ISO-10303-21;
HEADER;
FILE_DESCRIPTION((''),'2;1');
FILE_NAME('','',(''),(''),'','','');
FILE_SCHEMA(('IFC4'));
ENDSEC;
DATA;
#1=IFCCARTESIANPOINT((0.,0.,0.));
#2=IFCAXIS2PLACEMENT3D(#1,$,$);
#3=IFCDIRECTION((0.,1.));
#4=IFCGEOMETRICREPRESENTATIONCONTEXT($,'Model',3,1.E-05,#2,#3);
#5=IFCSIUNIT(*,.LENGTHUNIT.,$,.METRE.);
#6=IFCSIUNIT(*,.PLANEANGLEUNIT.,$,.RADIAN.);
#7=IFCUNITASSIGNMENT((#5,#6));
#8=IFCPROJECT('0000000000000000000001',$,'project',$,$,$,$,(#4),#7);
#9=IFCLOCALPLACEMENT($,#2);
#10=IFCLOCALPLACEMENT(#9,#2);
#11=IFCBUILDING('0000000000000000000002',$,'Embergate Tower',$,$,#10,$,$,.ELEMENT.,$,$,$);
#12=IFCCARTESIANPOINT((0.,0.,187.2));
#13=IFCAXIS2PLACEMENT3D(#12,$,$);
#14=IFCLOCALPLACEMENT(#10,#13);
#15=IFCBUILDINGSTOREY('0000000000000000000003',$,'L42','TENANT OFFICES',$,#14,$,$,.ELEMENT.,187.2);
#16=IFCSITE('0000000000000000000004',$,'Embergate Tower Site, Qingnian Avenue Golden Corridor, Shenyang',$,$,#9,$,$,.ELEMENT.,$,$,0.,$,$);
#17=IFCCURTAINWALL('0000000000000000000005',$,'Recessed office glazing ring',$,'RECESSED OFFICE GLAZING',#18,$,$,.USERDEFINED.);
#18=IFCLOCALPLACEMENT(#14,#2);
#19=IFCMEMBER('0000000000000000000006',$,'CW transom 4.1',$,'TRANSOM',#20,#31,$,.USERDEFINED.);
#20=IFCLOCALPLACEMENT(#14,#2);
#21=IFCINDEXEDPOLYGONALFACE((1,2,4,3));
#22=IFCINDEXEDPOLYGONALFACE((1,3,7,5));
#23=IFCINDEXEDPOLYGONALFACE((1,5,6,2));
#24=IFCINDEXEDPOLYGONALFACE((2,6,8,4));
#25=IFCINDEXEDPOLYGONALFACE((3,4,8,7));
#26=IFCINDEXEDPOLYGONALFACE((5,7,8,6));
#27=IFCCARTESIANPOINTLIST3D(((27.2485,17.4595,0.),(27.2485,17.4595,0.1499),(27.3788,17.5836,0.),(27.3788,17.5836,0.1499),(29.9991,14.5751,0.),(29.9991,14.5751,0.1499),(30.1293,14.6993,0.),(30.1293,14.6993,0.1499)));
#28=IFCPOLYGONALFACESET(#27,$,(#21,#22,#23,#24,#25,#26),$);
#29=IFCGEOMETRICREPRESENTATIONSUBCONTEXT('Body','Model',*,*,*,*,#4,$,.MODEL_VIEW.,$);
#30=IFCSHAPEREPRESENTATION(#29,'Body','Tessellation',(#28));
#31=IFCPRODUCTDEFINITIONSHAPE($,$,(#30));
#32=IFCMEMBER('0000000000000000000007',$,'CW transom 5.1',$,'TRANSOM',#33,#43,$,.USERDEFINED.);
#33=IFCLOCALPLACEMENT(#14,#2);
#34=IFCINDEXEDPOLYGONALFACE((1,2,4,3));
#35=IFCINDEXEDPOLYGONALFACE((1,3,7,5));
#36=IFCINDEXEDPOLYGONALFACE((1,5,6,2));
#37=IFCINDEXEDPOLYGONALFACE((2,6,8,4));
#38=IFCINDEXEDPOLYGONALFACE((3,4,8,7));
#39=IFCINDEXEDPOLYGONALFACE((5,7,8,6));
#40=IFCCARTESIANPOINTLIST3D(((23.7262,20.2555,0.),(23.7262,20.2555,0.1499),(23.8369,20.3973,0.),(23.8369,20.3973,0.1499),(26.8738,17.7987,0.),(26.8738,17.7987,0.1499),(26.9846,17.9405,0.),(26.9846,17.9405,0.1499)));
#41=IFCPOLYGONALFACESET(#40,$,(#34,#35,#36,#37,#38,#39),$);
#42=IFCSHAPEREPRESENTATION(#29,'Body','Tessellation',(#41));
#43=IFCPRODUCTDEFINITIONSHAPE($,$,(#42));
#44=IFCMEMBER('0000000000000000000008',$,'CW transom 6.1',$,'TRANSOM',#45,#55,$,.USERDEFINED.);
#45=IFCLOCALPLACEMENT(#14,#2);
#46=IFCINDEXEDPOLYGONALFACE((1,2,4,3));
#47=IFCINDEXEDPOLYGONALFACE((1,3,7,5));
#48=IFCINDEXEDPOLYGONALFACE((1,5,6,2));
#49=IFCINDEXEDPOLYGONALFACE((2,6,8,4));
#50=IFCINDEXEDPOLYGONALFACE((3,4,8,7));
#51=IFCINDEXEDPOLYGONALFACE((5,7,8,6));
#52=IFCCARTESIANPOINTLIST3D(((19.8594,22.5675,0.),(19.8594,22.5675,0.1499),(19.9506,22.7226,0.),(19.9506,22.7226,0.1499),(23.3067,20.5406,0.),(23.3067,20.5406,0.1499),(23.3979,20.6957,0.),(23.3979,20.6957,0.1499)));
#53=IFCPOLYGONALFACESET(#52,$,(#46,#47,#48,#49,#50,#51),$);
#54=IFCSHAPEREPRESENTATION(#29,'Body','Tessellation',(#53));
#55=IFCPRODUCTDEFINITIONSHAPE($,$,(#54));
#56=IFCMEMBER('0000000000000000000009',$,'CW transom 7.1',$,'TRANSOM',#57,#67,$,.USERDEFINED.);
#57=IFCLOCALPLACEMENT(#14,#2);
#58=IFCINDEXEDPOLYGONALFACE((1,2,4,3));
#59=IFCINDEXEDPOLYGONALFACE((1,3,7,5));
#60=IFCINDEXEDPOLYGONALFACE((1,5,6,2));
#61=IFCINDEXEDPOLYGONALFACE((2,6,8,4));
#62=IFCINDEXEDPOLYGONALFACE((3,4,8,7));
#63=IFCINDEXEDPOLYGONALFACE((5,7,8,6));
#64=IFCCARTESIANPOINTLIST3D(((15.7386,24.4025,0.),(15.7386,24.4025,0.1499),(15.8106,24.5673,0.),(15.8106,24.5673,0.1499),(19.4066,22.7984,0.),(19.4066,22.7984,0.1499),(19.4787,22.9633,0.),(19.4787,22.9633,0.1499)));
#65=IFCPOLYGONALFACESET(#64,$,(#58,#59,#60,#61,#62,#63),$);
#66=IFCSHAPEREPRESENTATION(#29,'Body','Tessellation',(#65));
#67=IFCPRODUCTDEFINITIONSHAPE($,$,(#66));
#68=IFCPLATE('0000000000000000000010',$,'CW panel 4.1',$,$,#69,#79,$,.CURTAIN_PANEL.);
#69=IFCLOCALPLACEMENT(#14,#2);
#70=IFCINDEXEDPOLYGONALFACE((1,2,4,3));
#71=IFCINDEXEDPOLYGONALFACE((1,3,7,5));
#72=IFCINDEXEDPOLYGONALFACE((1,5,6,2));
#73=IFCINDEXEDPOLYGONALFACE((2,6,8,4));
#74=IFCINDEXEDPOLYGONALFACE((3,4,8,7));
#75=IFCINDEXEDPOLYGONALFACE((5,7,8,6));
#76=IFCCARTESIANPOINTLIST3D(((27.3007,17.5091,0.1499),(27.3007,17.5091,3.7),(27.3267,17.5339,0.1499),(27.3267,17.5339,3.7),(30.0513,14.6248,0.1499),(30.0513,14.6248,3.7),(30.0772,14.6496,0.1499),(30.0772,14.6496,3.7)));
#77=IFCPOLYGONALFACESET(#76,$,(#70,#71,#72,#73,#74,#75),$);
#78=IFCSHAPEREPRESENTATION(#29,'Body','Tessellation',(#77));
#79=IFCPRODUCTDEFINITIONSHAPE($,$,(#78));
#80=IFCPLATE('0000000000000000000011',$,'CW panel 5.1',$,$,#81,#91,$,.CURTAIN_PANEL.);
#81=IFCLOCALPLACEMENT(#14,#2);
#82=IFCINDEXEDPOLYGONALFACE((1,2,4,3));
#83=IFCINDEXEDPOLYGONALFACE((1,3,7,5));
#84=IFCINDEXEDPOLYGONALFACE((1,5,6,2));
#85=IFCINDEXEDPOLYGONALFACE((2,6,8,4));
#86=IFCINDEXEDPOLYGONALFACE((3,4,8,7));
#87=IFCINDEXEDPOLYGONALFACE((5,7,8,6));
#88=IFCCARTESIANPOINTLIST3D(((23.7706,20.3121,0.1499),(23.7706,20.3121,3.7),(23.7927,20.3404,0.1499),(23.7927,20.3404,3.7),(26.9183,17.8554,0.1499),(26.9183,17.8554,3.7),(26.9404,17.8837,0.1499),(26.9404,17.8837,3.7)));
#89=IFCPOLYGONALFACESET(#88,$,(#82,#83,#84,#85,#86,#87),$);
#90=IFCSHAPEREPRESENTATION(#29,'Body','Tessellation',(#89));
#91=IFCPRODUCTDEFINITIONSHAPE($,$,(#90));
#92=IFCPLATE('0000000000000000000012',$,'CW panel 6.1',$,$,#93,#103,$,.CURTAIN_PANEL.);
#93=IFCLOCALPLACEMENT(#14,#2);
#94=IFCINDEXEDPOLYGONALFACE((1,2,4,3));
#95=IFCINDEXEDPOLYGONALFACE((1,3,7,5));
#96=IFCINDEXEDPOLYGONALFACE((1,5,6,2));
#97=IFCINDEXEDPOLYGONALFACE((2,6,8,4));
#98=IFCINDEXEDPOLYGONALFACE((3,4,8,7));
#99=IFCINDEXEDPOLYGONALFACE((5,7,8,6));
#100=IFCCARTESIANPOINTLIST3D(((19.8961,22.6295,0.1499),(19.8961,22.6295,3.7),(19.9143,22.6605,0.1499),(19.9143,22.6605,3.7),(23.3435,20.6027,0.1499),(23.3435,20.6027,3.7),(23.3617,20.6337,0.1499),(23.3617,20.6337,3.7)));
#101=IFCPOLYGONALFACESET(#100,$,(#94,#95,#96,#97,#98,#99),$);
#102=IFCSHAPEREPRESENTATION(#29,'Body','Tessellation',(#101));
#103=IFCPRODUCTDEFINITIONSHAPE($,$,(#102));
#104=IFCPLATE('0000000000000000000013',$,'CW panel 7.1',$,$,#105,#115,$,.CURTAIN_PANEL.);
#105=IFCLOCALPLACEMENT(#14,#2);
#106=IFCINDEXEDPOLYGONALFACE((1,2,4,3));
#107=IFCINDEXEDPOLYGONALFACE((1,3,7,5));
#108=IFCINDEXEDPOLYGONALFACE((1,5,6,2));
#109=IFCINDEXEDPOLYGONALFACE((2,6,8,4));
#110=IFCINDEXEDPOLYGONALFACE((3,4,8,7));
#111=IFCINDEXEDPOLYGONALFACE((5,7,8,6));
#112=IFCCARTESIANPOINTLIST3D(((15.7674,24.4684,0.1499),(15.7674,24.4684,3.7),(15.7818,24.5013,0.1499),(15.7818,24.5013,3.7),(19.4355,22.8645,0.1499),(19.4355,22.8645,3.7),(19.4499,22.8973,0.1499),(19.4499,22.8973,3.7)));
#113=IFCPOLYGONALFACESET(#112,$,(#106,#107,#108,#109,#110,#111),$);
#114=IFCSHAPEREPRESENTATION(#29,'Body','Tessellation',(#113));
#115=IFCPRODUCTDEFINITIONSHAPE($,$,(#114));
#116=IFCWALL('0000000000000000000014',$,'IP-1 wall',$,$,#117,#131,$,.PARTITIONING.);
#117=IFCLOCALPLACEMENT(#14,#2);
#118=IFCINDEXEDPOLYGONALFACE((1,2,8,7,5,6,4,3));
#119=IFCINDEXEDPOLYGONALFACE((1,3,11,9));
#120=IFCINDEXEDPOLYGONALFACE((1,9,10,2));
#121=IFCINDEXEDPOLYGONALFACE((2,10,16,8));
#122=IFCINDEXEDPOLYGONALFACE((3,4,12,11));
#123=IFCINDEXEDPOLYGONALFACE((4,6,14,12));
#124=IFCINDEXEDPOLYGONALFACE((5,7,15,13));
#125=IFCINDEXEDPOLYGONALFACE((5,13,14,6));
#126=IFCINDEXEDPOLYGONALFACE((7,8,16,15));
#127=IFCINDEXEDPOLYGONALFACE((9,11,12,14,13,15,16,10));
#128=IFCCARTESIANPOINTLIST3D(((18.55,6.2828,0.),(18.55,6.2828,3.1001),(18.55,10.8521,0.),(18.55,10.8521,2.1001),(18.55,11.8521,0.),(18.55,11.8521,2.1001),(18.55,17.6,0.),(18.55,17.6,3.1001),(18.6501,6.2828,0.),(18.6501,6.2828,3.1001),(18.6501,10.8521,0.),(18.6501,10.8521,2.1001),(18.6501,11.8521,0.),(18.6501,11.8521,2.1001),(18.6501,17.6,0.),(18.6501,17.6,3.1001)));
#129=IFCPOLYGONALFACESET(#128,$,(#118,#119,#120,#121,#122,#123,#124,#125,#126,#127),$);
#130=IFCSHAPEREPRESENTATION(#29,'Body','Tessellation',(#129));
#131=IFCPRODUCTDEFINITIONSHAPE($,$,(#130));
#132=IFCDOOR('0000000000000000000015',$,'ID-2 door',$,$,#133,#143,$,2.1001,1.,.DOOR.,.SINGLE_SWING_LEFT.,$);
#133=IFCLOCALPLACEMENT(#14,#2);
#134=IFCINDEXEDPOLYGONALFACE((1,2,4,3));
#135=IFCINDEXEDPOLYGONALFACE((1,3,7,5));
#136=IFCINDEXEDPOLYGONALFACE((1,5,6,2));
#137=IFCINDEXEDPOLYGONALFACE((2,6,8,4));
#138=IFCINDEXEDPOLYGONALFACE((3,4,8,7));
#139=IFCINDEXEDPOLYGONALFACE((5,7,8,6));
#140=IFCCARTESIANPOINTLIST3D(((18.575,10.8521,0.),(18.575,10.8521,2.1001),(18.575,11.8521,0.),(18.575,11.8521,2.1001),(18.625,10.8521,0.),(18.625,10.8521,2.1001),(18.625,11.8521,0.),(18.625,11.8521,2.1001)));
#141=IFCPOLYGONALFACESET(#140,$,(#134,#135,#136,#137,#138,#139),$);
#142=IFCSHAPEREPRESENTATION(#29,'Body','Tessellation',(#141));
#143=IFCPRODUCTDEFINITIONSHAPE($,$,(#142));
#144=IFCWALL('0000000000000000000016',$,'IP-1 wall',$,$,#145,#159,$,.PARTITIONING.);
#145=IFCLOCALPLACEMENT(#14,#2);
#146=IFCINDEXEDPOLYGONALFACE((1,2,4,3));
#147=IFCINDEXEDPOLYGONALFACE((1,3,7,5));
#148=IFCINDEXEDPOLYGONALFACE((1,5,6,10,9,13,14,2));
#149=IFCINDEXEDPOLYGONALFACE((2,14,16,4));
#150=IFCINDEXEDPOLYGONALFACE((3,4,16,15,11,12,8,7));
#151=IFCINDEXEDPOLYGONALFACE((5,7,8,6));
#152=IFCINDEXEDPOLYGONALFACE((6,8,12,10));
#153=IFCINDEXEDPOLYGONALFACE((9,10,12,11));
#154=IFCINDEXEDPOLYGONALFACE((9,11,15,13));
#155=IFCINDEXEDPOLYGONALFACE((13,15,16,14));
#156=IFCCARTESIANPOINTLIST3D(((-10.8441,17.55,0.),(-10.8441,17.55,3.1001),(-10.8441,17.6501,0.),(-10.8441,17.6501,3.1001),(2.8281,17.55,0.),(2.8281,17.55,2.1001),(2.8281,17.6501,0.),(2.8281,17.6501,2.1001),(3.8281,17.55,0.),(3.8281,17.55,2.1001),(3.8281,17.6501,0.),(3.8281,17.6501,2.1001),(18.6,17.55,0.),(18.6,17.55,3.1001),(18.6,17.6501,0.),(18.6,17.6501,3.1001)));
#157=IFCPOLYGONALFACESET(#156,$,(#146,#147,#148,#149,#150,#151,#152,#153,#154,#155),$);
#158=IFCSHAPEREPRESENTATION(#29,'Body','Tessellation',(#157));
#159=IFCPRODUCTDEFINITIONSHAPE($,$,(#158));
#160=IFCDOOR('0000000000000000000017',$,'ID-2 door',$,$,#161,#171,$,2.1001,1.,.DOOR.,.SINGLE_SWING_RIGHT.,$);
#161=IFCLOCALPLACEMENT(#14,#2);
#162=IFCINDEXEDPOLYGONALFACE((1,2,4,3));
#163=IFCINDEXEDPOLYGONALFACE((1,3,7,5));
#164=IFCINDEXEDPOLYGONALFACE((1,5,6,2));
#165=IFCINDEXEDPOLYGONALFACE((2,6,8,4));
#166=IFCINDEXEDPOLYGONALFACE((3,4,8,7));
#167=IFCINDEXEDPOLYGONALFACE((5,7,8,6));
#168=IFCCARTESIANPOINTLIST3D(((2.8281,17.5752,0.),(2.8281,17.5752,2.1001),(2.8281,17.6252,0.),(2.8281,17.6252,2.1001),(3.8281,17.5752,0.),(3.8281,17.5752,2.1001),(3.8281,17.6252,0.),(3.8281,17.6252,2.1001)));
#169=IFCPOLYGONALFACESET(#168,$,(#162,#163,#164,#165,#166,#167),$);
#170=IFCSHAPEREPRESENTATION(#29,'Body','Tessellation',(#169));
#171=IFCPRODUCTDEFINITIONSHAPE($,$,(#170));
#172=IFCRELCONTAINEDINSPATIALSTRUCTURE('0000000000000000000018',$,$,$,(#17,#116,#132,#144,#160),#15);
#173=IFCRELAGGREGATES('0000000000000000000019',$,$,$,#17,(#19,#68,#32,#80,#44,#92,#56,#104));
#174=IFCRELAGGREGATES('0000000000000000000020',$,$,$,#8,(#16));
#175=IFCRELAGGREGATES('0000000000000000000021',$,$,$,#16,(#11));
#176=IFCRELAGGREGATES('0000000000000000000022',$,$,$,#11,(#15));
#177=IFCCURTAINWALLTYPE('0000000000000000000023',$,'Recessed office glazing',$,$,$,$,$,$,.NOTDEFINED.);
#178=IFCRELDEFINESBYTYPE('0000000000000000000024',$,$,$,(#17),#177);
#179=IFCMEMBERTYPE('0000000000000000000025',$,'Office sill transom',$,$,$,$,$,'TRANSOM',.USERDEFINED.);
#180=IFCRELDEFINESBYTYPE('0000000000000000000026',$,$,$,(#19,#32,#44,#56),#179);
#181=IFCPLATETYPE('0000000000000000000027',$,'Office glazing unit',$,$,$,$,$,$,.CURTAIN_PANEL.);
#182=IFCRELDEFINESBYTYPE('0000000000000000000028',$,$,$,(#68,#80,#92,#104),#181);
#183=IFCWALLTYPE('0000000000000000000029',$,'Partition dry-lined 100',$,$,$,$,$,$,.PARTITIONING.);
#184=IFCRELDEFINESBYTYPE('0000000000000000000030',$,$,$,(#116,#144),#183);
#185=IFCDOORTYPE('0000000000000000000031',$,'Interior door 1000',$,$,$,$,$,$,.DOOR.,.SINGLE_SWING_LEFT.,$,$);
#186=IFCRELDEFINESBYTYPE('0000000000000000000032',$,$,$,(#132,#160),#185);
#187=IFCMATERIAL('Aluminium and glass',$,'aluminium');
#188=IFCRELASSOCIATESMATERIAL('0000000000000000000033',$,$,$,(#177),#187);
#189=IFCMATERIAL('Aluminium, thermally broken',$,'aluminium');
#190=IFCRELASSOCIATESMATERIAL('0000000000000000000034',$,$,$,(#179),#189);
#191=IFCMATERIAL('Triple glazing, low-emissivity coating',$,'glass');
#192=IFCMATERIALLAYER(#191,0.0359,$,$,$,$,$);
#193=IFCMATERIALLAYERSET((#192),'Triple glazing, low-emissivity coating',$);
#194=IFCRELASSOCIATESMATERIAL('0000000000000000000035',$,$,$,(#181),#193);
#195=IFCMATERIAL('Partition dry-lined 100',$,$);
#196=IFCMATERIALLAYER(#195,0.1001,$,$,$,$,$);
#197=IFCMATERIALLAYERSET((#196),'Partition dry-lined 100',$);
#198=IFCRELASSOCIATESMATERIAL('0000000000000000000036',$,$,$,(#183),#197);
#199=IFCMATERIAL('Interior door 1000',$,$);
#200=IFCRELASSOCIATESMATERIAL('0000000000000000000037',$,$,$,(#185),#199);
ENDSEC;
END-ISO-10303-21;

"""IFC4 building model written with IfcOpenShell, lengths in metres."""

from ifc_helpers import new_model, si_unit, direction, frame, frame_2d, origin, origin_2d, place, context, subcontext, project, spatial, rectangle, extrude, source, transform, mapped, material, layer, layer_set, material_profile, profile_set, type_object, element, fill, aggregate, save


model = new_model("IFC4")

# Units and contexts
model_context = context("Model", 3, precision=1e-05, world=origin(), true_north=direction((0.0, 1.0)))
body_context = subcontext(model_context, "Body", "Model", "MODEL_VIEW")
ifc_project = project(units=[si_unit("LENGTHUNIT", "METRE"), si_unit("PLANEANGLEUNIT", "RADIAN")], contexts=[model_context])

# Site, building, storey
site_placement = place(None, origin())
site = spatial("IfcSite", under=ifc_project, at=site_placement, Name="Embergate Tower Site, Qingnian Avenue Golden Corridor, Shenyang", CompositionType="ELEMENT", RefElevation=0.0)
building_placement = place(site_placement, origin())
building = spatial("IfcBuilding", under=site, at=building_placement, Name="Embergate Tower", CompositionType="ELEMENT")
storey_placement = place(building_placement, frame((0.0, 0.0, 187.2)))
storey = spatial("IfcBuildingStorey", under=building, at=storey_placement, Name="L42", Description="TENANT OFFICES", CompositionType="ELEMENT", Elevation=187.2)

# Curtain wall, members, plates
ifc_material_1 = material(Name="Aluminium and glass", Category="aluminium")
curtain_wall_type = type_object("IfcCurtainWallType", Name="Recessed office glazing", PredefinedType="NOTDEFINED", material=ifc_material_1)
curtain_wall_placement = place(storey_placement, origin())
curtain_wall = element("IfcCurtainWall", 1, at=curtain_wall_placement, inside=storey, type_object=curtain_wall_type, Name="Recessed office glazing ring", ObjectType="RECESSED OFFICE GLAZING", PredefinedType="USERDEFINED")
ifc_material_2 = material(Name="Aluminium, thermally broken", Category="aluminium")
ifc_material_profile_1 = material_profile(ifc_material_2, rectangle(XDim=0.1799, YDim=0.1499, at=origin_2d()), Name="AL 150x180")
ifc_profile_set_1 = profile_set([ifc_material_profile_1], Name="Aluminium, thermally broken")
member_type_1 = type_object("IfcMemberType", Name="Office sill transom", ElementType="TRANSOM", PredefinedType="USERDEFINED", material=ifc_profile_set_1)
shared_shape_1 = source(origin(), body_context, "Body", "SweptSolid", [
    extrude(rectangle(XDim=0.1799, YDim=0.1499, at=origin_2d()), origin(), (0.0, 0.0, 1.0), 3.9856),
])
member_1_placement = place(storey_placement, frame((30.0642, 14.6372, 0.075), z_axis=(-0.690123, 0.723692, 0.0), x_axis=(-0.723692, -0.690123, 0.0)))
member_1 = element("IfcMember", 2, at=member_1_placement, type_object=member_type_1, Name="CW transom 4.1", ObjectType="TRANSOM", PredefinedType="USERDEFINED", context=body_context, shape_type="MappedRepresentation", body=[
    mapped(shared_shape_1, transform((0.0, 0.0, 0.0))),
])
shared_shape_2 = source(origin(), body_context, "Body", "SweptSolid", [
    extrude(rectangle(XDim=0.1799, YDim=0.1499, at=origin_2d()), origin(), (0.0, 0.0, 1.0), 3.9929),
])
member_2_placement = place(storey_placement, frame((26.9292, 17.8696, 0.075), z_axis=(-0.788311, 0.615277, 0.0), x_axis=(-0.615277, -0.788311, 0.0)))
member_2 = element("IfcMember", 3, at=member_2_placement, type_object=member_type_1, Name="CW transom 5.1", ObjectType="TRANSOM", PredefinedType="USERDEFINED", context=body_context, shape_type="MappedRepresentation", body=[
    mapped(shared_shape_2, transform((0.0, 0.0, 0.0))),
])
shared_shape_3 = source(origin(), body_context, "Body", "SweptSolid", [
    extrude(rectangle(XDim=0.1799, YDim=0.1499, at=origin_2d()), origin(), (0.0, 0.0, 1.0), 3.999),
])
member_3_placement = place(storey_placement, frame((23.3523, 20.6182, 0.075), z_axis=(-0.862038, 0.506844, 0.0), x_axis=(-0.506844, -0.862038, 0.0)))
member_3 = element("IfcMember", 4, at=member_3_placement, type_object=member_type_1, Name="CW transom 6.1", ObjectType="TRANSOM", PredefinedType="USERDEFINED", context=body_context, shape_type="MappedRepresentation", body=[
    mapped(shared_shape_3, transform((0.0, 0.0, 0.0))),
])
shared_shape_4 = source(origin(), body_context, "Body", "SweptSolid", [
    extrude(rectangle(XDim=0.1799, YDim=0.1499, at=origin_2d()), origin(), (0.0, 0.0, 1.0), 4.0034),
])
member_4_placement = place(storey_placement, frame((19.4426, 22.8809, 0.075), z_axis=(-0.916225, 0.400665, 0.0), x_axis=(-0.400665, -0.916225, 0.0)))
member_4 = element("IfcMember", 5, at=member_4_placement, type_object=member_type_1, Name="CW transom 7.1", ObjectType="TRANSOM", PredefinedType="USERDEFINED", context=body_context, shape_type="MappedRepresentation", body=[
    mapped(shared_shape_4, transform((0.0, 0.0, 0.0))),
])
ifc_material_3 = material(Name="Triple glazing, low-emissivity coating", Category="glass")
ifc_layer_1 = layer(ifc_material_3, 0.0359)
ifc_layer_set_1 = layer_set([ifc_layer_1], Name="Triple glazing, low-emissivity coating")
plate_type = type_object("IfcPlateType", Name="Office glazing unit", PredefinedType="CURTAIN_PANEL", material=ifc_layer_set_1)
shared_shape_5 = source(origin(), body_context, "Body", "SweptSolid", [
    extrude(rectangle(XDim=3.9856, YDim=0.0359, at=origin_2d()), origin(), (0.0, 0.0, 1.0), 3.55),
])
plate_1_placement = place(storey_placement, frame((28.689, 16.0793, 0.1499), z_axis=(0.0, 0.0, 1.0), x_axis=(-0.690133, 0.723683, 0.0)))
plate_1 = element("IfcPlate", 6, at=plate_1_placement, type_object=plate_type, Name="CW panel 4.1", PredefinedType="CURTAIN_PANEL", context=body_context, shape_type="MappedRepresentation", body=[
    mapped(shared_shape_5, transform((0.0, 0.0, 0.0))),
])
shared_shape_6 = source(origin(), body_context, "Body", "SweptSolid", [
    extrude(rectangle(XDim=3.9929, YDim=0.0359, at=origin_2d()), origin(), (0.0, 0.0, 1.0), 3.55),
])
plate_2_placement = place(storey_placement, frame((25.3555, 19.0979, 0.1499), z_axis=(0.0, 0.0, 1.0), x_axis=(-0.788318, 0.615268, 0.0)))
plate_2 = element("IfcPlate", 7, at=plate_2_placement, type_object=plate_type, Name="CW panel 5.1", PredefinedType="CURTAIN_PANEL", context=body_context, shape_type="MappedRepresentation", body=[
    mapped(shared_shape_6, transform((0.0, 0.0, 0.0))),
])
shared_shape_7 = source(origin(), body_context, "Body", "SweptSolid", [
    extrude(rectangle(XDim=3.999, YDim=0.0359, at=origin_2d()), origin(), (0.0, 0.0, 1.0), 3.55),
])
plate_3_placement = place(storey_placement, frame((21.6289, 21.6316, 0.1499), z_axis=(0.0, 0.0, 1.0), x_axis=(-0.862051, 0.506821, 0.0)))
plate_3 = element("IfcPlate", 8, at=plate_3_placement, type_object=plate_type, Name="CW panel 6.1", PredefinedType="CURTAIN_PANEL", context=body_context, shape_type="MappedRepresentation", body=[
    mapped(shared_shape_7, transform((0.0, 0.0, 0.0))),
])
shared_shape_8 = source(origin(), body_context, "Body", "SweptSolid", [
    extrude(rectangle(XDim=4.0034, YDim=0.0359, at=origin_2d()), origin(), (0.0, 0.0, 1.0), 3.55),
])
plate_4_placement = place(storey_placement, frame((17.6086, 23.6829, 0.1499), z_axis=(0.0, 0.0, 1.0), x_axis=(-0.916235, 0.400642, 0.0)))
plate_4 = element("IfcPlate", 9, at=plate_4_placement, type_object=plate_type, Name="CW panel 7.1", PredefinedType="CURTAIN_PANEL", context=body_context, shape_type="MappedRepresentation", body=[
    mapped(shared_shape_8, transform((0.0, 0.0, 0.0))),
])
aggregate(curtain_wall, [member_1, plate_1, member_2, plate_2, member_3, plate_3, member_4, plate_4])

# Walls, openings, doors
ifc_material_4 = material(Name="Partition dry-lined 100")
ifc_layer_2 = layer(ifc_material_4, 0.1001)
ifc_layer_set_2 = layer_set([ifc_layer_2], Name="Partition dry-lined 100")
wall_type = type_object("IfcWallType", Name="Partition dry-lined 100", PredefinedType="PARTITIONING", material=ifc_layer_set_2)
shared_shape_9 = source(origin(), body_context, "Body", "SweptSolid", [
    extrude(rectangle(XDim=11.3171, YDim=0.1001, at=frame_2d((5.6587, 0.0))), origin(), (0.0, 0.0, 1.0), 3.1001),
])
wall_1_placement = place(storey_placement, frame((18.6001, 17.6001, 0.0), z_axis=(0.0, 0.0, 1.0), x_axis=(0.0, -1.0, 0.0)))
wall_1 = element("IfcWall", 10, at=wall_1_placement, inside=storey, type_object=wall_type, Name="IP-1 wall", PredefinedType="PARTITIONING", context=body_context, shape_type="MappedRepresentation", body=[
    mapped(shared_shape_9, transform((0.0, 0.0, 0.0))),
])
shared_shape_10 = source(origin(), body_context, "Body", "SweptSolid", [
    extrude(rectangle(XDim=1.0, YDim=2.1001, at=frame_2d((0.5, 1.05))), frame((0.0, 0.0601, 0.0), z_axis=(0.0, -1.0, 0.0), x_axis=(1.0, 0.0, 0.0)), (0.0, 0.0, 1.0), 0.1201),
])
opening_1_placement = place(wall_1_placement, frame((5.748, 0.0, 0.0)))
opening_1 = element("IfcOpeningElement", 11, at=opening_1_placement, cuts=wall_1, PredefinedType="OPENING", context=body_context, shape_type="MappedRepresentation", body=[
    mapped(shared_shape_10, transform((0.0, 0.0, 0.0))),
])
ifc_material_5 = material(Name="Interior door 1000")
door_type = type_object("IfcDoorType", Name="Interior door 1000", OperationType="SINGLE_SWING_LEFT", PredefinedType="DOOR", material=ifc_material_5)
shared_shape_11 = source(origin(), body_context, "Body", "SweptSolid", [
    extrude(rectangle(XDim=1.0, YDim=2.1001, at=frame_2d((0.5, 1.05))), frame((0.0, 0.0249, 0.0), z_axis=(0.0, -1.0, 0.0), x_axis=(1.0, 0.0, 0.0)), (0.0, 0.0, 1.0), 0.05),
])
door_1_placement = place(opening_1_placement, origin())
door_1 = element("IfcDoor", 12, at=door_1_placement, inside=storey, type_object=door_type, Name="ID-2 door", OperationType="SINGLE_SWING_LEFT", OverallHeight=2.1001, OverallWidth=1.0, PredefinedType="DOOR", context=body_context, shape_type="MappedRepresentation", body=[
    mapped(shared_shape_11, transform((0.0, 0.0, 0.0))),
])
fill(opening_1, door_1)
shared_shape_12 = source(origin(), body_context, "Body", "SweptSolid", [
    extrude(rectangle(XDim=29.4441, YDim=0.1001, at=frame_2d((14.7222, 0.0))), origin(), (0.0, 0.0, 1.0), 3.1001),
])
wall_2_placement = place(storey_placement, frame((18.6001, 17.6001, 0.0), z_axis=(0.0, 0.0, 1.0), x_axis=(-1.0, 0.0, 0.0)))
wall_2 = element("IfcWall", 13, at=wall_2_placement, inside=storey, type_object=wall_type, Name="IP-1 wall", PredefinedType="PARTITIONING", context=body_context, shape_type="MappedRepresentation", body=[
    mapped(shared_shape_12, transform((0.0, 0.0, 0.0))),
])
opening_2_placement = place(wall_2_placement, frame((14.772, 0.0, 0.0)))
opening_2 = element("IfcOpeningElement", 14, at=opening_2_placement, cuts=wall_2, PredefinedType="OPENING", context=body_context, shape_type="MappedRepresentation", body=[
    mapped(shared_shape_10, transform((0.0, 0.0, 0.0))),
])
door_2_placement = place(opening_2_placement, origin())
door_2 = element("IfcDoor", 15, at=door_2_placement, inside=storey, type_object=door_type, Name="ID-2 door", OperationType="SINGLE_SWING_RIGHT", OverallHeight=2.1001, OverallWidth=1.0, PredefinedType="DOOR", context=body_context, shape_type="MappedRepresentation", body=[
    mapped(shared_shape_11, transform((0.0, 0.0, 0.0))),
])
fill(opening_2, door_2)

save(model, "model.ifc")
